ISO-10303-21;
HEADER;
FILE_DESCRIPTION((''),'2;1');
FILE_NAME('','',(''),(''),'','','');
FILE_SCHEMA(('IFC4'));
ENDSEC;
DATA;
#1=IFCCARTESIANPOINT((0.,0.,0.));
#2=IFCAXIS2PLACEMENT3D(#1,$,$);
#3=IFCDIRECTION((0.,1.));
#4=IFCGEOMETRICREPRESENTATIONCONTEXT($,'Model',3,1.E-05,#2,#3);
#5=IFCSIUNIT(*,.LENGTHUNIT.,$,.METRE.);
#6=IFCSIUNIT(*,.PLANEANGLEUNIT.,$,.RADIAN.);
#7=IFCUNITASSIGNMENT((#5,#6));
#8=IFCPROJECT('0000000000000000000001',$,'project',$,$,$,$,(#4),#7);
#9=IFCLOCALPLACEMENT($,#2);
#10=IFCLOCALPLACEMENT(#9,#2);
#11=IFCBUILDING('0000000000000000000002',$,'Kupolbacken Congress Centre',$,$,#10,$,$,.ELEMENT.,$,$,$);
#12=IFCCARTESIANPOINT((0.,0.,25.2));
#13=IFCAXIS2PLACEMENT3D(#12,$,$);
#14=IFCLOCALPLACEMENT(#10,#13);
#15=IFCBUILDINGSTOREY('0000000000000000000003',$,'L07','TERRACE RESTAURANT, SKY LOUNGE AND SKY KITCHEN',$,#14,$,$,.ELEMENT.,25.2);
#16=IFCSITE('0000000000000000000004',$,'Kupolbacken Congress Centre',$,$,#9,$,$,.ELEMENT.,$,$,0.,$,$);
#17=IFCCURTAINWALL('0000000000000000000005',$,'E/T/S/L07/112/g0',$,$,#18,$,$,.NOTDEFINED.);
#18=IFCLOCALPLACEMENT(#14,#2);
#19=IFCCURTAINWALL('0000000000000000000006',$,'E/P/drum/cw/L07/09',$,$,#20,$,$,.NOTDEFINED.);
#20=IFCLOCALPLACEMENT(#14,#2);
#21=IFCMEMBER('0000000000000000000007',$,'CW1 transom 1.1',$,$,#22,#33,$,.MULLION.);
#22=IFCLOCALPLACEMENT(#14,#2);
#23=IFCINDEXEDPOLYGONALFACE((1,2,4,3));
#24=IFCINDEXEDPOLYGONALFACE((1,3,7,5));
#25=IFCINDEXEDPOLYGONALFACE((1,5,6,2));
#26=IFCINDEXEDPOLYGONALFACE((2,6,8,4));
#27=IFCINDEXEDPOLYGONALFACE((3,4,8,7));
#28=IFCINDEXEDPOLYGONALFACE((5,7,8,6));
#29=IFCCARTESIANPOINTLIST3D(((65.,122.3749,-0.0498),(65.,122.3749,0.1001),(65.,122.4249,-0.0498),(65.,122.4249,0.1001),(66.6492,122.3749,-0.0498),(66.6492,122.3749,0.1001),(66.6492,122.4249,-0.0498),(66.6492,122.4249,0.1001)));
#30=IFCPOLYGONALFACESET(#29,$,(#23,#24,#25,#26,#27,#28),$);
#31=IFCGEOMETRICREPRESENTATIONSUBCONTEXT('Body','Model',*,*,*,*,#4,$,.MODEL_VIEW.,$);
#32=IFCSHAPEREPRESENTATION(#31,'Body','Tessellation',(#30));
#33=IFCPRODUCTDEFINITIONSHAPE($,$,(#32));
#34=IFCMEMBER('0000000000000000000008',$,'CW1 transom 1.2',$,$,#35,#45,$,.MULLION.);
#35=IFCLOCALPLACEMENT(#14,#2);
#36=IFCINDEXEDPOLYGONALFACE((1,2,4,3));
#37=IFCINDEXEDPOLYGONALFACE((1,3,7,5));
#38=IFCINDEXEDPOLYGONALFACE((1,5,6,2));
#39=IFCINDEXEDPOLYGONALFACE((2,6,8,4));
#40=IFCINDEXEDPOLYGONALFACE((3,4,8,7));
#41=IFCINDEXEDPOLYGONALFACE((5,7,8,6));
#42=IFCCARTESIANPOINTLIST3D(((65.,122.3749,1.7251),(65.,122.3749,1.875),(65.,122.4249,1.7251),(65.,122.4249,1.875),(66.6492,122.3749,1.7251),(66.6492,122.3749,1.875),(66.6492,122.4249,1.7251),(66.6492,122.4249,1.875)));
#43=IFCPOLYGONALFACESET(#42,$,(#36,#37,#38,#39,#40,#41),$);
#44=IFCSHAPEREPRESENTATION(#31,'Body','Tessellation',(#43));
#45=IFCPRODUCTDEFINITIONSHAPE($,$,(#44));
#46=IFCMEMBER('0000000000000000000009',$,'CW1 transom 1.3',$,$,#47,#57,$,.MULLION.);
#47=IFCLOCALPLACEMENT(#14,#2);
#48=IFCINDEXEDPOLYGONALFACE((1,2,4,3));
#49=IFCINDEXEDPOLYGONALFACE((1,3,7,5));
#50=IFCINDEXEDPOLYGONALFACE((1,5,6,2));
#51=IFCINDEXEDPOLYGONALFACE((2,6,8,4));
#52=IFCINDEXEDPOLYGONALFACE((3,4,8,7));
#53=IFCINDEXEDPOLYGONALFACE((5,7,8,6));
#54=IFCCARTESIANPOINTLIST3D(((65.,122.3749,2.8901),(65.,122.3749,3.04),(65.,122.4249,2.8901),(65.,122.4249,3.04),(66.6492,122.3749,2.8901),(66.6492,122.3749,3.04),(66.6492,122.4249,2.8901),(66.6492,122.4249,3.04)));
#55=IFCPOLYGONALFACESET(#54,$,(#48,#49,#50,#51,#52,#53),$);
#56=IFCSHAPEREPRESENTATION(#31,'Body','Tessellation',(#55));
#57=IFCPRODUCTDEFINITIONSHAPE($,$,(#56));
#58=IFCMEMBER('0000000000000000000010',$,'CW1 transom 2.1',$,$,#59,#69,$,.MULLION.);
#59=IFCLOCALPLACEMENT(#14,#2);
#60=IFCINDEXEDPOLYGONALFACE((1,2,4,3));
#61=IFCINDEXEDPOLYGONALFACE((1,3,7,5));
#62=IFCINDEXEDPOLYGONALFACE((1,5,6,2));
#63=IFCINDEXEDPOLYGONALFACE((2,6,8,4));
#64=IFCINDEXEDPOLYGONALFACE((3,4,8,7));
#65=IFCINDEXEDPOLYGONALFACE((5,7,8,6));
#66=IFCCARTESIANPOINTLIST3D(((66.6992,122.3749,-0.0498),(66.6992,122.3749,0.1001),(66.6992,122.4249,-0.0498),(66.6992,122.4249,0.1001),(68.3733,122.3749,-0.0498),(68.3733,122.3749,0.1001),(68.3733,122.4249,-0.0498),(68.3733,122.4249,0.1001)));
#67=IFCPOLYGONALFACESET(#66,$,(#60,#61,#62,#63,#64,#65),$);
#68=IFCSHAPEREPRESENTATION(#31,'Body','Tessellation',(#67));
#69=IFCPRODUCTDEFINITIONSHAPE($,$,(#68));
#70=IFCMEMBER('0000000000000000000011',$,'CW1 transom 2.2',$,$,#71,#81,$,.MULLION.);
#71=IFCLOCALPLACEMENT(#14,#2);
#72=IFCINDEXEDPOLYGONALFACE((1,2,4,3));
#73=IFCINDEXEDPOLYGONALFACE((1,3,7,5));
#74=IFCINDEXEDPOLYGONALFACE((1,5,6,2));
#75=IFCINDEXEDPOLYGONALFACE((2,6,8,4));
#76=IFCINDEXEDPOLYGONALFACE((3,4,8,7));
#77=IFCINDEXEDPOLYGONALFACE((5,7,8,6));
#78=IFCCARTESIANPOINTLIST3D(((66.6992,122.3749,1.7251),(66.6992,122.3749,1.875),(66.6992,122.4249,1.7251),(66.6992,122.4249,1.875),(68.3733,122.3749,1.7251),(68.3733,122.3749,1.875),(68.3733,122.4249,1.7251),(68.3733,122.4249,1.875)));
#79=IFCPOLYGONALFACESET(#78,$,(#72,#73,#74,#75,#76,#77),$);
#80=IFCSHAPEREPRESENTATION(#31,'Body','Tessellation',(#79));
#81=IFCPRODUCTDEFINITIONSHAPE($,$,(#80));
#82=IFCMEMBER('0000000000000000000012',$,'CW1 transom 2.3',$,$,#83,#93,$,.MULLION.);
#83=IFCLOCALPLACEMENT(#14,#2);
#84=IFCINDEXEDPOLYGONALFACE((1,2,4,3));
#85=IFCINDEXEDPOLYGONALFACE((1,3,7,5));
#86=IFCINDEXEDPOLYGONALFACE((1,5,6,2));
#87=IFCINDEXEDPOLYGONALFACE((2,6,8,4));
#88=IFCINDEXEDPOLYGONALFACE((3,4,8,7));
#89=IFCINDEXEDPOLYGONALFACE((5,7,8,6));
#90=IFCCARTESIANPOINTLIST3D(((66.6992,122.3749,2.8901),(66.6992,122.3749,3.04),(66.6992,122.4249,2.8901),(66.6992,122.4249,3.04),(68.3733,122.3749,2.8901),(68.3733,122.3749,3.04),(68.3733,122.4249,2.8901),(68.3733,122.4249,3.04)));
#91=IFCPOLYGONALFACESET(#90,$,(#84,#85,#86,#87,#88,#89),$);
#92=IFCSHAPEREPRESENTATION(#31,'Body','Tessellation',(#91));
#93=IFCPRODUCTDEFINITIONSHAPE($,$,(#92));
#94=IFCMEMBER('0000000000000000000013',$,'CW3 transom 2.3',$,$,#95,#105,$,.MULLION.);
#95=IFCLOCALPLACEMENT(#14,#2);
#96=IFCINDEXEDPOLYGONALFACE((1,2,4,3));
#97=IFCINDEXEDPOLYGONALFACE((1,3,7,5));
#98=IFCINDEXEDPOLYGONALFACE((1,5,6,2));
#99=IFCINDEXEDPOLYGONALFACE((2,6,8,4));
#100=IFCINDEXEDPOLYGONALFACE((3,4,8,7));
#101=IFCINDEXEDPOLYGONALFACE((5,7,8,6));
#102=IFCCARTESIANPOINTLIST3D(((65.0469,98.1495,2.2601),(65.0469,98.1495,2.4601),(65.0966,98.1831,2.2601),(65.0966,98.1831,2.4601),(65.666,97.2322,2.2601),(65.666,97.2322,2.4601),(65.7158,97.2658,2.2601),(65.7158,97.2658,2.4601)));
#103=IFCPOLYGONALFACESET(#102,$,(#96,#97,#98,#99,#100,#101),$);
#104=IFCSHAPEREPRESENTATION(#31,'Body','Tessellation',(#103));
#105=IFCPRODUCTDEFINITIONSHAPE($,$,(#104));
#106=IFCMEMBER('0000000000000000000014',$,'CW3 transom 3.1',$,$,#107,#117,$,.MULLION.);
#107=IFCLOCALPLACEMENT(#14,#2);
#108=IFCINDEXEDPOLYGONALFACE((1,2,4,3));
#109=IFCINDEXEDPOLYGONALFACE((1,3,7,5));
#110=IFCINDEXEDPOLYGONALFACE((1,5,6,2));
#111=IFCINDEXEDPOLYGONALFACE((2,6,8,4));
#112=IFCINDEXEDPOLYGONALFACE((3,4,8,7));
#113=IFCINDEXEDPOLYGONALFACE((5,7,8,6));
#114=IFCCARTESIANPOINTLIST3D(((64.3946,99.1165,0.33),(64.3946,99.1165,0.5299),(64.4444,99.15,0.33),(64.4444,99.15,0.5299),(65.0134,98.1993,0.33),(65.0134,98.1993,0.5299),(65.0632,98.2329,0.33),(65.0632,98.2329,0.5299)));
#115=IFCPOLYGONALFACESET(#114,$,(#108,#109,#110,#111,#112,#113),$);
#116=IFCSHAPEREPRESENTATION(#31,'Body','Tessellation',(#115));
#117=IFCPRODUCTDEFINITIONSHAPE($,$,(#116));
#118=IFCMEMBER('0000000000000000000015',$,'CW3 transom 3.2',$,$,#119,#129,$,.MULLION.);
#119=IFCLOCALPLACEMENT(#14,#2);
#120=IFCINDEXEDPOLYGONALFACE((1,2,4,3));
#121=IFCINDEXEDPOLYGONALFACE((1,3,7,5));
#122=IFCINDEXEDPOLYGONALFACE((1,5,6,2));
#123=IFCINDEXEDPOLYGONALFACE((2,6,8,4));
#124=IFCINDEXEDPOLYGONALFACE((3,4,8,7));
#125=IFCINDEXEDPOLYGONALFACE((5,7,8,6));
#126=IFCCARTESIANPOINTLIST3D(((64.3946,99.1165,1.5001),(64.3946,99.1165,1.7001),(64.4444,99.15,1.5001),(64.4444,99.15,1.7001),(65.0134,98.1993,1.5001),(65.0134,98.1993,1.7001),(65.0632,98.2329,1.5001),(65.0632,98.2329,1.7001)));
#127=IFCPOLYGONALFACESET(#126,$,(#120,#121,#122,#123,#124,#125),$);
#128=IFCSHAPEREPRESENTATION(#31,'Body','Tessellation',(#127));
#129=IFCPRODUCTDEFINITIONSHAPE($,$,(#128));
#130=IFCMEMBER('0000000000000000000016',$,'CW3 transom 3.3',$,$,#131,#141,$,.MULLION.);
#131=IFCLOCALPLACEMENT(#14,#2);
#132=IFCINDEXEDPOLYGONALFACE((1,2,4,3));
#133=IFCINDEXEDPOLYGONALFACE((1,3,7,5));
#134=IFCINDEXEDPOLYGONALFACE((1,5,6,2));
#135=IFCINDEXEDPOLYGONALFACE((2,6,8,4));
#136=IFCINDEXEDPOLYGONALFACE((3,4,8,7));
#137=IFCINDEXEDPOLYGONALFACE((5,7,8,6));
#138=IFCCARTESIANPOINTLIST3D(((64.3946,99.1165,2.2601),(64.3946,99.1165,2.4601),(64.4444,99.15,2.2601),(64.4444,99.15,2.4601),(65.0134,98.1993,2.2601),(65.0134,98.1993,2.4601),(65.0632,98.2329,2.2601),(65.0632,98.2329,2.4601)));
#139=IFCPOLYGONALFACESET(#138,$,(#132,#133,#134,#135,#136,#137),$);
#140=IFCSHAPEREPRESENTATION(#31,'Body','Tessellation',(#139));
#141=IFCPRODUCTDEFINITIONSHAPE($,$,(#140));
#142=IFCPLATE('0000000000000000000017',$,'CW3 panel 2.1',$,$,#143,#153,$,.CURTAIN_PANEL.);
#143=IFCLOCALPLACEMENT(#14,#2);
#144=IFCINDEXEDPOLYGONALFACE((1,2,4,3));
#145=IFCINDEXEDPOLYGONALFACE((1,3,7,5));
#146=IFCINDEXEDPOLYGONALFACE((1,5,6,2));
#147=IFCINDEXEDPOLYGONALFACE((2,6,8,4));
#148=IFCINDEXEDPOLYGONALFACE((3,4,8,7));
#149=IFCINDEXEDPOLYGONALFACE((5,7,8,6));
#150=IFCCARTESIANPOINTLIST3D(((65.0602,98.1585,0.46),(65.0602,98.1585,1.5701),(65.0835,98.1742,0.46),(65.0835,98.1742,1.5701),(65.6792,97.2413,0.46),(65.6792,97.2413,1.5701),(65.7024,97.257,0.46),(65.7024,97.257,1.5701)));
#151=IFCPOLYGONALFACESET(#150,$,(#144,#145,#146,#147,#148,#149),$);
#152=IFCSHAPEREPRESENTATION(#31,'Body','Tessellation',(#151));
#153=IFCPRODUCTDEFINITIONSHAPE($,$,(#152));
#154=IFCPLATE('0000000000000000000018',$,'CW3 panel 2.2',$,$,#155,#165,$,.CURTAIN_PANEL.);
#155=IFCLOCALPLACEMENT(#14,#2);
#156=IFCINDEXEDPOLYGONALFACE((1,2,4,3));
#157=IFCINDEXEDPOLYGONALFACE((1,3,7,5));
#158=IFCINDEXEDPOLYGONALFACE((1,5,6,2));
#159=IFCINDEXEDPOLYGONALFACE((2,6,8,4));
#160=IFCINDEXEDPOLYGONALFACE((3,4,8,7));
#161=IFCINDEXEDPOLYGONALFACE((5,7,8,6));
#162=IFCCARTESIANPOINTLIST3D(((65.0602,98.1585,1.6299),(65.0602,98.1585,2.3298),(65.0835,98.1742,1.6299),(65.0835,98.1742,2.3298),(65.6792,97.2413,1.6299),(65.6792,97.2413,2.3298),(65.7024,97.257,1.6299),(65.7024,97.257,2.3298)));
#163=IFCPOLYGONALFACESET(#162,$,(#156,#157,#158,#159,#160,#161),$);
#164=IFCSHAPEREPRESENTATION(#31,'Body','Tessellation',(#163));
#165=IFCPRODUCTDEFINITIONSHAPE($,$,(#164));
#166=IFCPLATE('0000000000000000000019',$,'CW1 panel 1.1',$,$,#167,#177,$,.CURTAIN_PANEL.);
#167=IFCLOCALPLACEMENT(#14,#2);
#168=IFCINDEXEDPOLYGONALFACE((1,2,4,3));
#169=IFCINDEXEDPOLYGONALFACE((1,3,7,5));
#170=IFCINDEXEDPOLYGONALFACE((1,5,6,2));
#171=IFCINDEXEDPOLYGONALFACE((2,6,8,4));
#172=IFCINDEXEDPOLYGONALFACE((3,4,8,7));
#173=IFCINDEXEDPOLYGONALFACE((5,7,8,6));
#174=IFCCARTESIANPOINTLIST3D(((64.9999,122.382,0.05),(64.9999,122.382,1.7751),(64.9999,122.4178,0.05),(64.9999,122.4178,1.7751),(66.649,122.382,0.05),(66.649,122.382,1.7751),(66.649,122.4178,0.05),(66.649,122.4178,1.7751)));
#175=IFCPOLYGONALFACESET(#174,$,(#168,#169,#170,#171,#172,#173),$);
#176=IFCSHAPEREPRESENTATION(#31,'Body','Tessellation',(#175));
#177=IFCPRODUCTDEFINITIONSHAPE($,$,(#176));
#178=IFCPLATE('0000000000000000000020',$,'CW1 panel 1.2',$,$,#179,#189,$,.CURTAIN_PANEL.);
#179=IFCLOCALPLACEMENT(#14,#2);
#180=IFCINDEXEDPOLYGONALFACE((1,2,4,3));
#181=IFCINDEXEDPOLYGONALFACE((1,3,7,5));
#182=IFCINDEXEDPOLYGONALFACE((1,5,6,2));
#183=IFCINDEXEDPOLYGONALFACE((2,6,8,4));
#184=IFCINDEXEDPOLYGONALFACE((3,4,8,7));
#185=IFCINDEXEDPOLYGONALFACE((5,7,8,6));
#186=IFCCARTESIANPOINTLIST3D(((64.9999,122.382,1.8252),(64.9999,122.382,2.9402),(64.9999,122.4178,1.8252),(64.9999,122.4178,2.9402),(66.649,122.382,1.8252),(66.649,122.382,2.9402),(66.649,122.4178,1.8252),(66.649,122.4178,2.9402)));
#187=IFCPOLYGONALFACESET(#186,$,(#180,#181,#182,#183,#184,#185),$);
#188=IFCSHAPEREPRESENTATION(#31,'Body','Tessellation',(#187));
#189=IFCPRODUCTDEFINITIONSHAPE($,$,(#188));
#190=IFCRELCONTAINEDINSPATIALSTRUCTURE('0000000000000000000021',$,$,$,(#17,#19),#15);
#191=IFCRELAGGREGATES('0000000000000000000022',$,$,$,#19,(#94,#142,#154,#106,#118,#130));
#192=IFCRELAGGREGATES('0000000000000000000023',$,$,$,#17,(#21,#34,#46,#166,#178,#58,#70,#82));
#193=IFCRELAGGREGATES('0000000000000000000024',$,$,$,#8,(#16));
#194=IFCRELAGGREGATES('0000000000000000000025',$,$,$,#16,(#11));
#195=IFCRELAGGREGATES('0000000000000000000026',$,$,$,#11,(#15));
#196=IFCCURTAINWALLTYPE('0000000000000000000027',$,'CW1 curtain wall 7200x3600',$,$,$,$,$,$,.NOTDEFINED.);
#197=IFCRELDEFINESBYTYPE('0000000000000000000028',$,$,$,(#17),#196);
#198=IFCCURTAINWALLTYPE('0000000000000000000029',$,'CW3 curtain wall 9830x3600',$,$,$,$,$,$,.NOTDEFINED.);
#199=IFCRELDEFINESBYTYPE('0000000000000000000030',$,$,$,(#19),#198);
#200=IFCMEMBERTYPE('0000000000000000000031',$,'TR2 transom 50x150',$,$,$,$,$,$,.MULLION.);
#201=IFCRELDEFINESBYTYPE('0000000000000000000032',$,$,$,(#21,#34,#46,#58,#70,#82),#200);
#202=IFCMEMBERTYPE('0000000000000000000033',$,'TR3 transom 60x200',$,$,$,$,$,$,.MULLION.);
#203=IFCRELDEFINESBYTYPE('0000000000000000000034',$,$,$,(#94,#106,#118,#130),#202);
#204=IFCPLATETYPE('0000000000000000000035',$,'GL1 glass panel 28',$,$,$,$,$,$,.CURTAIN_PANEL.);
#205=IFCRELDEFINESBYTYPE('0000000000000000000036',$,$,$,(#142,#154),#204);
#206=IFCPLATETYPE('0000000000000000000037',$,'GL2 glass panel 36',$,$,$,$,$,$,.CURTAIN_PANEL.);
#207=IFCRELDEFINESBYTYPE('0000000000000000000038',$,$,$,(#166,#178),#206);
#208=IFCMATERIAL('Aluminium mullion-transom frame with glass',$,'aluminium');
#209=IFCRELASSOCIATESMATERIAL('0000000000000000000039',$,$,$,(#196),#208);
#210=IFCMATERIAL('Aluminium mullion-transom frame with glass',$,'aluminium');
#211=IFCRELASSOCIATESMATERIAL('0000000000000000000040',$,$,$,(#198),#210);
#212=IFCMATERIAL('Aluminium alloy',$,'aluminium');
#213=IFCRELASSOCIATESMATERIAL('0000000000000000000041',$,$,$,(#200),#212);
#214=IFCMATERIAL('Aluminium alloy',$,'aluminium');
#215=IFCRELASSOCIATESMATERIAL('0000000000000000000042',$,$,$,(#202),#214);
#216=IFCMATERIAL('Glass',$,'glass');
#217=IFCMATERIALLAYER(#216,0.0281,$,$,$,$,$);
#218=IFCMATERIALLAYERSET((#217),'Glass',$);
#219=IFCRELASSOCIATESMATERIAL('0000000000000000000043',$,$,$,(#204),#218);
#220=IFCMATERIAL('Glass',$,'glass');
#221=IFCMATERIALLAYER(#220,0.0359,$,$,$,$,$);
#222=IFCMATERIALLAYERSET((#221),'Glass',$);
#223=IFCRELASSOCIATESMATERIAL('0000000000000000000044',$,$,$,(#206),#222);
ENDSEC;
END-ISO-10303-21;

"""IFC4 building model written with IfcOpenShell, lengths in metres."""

from ifc_helpers import new_model, si_unit, direction, frame, origin, origin_2d, place, context, subcontext, project, spatial, rectangle, extrude, material, layer, layer_set, material_profile, profile_set, type_object, element, aggregate, save


model = new_model("IFC4")

# Units and contexts
model_context = context("Model", 3, precision=1e-05, world=origin(), true_north=direction((0.0, 1.0)))
body_context = subcontext(model_context, "Body", "Model", "MODEL_VIEW")
ifc_project = project(units=[si_unit("LENGTHUNIT", "METRE"), si_unit("PLANEANGLEUNIT", "RADIAN")], contexts=[model_context])

# Site, building, storey
site_placement = place(None, origin())
site = spatial("IfcSite", under=ifc_project, at=site_placement, Name="Kupolbacken Congress Centre", CompositionType="ELEMENT", RefElevation=0.0)
building_placement = place(site_placement, origin())
building = spatial("IfcBuilding", under=site, at=building_placement, Name="Kupolbacken Congress Centre", CompositionType="ELEMENT")
storey_placement = place(building_placement, frame((0.0, 0.0, 25.2)))
storey = spatial("IfcBuildingStorey", under=building, at=storey_placement, Name="L07", Description="TERRACE RESTAURANT, SKY LOUNGE AND SKY KITCHEN", CompositionType="ELEMENT", Elevation=25.2)

# Curtain wall
ifc_material_1 = material(Name="Aluminium mullion-transom frame with glass", Category="aluminium")
curtain_wall_type_1 = type_object("IfcCurtainWallType", Name="CW1 curtain wall 7200x3600", PredefinedType="NOTDEFINED", material=ifc_material_1)
curtain_wall_1_placement = place(storey_placement, origin())
curtain_wall_1 = element("IfcCurtainWall", 1, at=curtain_wall_1_placement, inside=storey, type_object=curtain_wall_type_1, Name="E/T/S/L07/112/g0", PredefinedType="NOTDEFINED")

# Curtain wall
ifc_material_2 = material(Name="Aluminium mullion-transom frame with glass", Category="aluminium")
curtain_wall_type_2 = type_object("IfcCurtainWallType", Name="CW3 curtain wall 9830x3600", PredefinedType="NOTDEFINED", material=ifc_material_2)
curtain_wall_2_placement = place(storey_placement, origin())
curtain_wall_2 = element("IfcCurtainWall", 2, at=curtain_wall_2_placement, inside=storey, type_object=curtain_wall_type_2, Name="E/P/drum/cw/L07/09", PredefinedType="NOTDEFINED")

# Members
ifc_material_3 = material(Name="Aluminium alloy", Category="aluminium")
ifc_material_profile_1 = material_profile(ifc_material_3, rectangle(XDim=0.05, YDim=0.1499, at=origin_2d()), Name="50 x 150")
ifc_profile_set_1 = profile_set([ifc_material_profile_1], Name="Aluminium alloy")
member_type_1 = type_object("IfcMemberType", Name="TR2 transom 50x150", PredefinedType="MULLION", material=ifc_profile_set_1)
member_1_placement = place(storey_placement, frame((65.0, 122.3999, 0.0251), z_axis=(1.0, 0.0, 0.0), x_axis=(0.0, 1.0, 0.0)))
member_1 = element("IfcMember", 3, at=member_1_placement, type_object=member_type_1, Name="CW1 transom 1.1", PredefinedType="MULLION", context=body_context, shape_type="SweptSolid", body=[
    extrude(rectangle(XDim=0.05, YDim=0.1499, at=origin_2d()), origin(), (0.0, 0.0, 1.0), 1.6492),
])
member_2_placement = place(storey_placement, frame((65.0, 122.3999, 1.8), z_axis=(1.0, 0.0, 0.0), x_axis=(0.0, 1.0, 0.0)))
member_2 = element("IfcMember", 4, at=member_2_placement, type_object=member_type_1, Name="CW1 transom 1.2", PredefinedType="MULLION", context=body_context, shape_type="SweptSolid", body=[
    extrude(rectangle(XDim=0.05, YDim=0.1499, at=origin_2d()), origin(), (0.0, 0.0, 1.0), 1.6492),
])
member_3_placement = place(storey_placement, frame((65.0, 122.3999, 2.9651), z_axis=(1.0, 0.0, 0.0), x_axis=(0.0, 1.0, 0.0)))
member_3 = element("IfcMember", 5, at=member_3_placement, type_object=member_type_1, Name="CW1 transom 1.3", PredefinedType="MULLION", context=body_context, shape_type="SweptSolid", body=[
    extrude(rectangle(XDim=0.05, YDim=0.1499, at=origin_2d()), origin(), (0.0, 0.0, 1.0), 1.6492),
])
member_4_placement = place(storey_placement, frame((66.6992, 122.3999, 0.0251), z_axis=(1.0, 0.0, 0.0), x_axis=(0.0, 1.0, 0.0)))
member_4 = element("IfcMember", 6, at=member_4_placement, type_object=member_type_1, Name="CW1 transom 2.1", PredefinedType="MULLION", context=body_context, shape_type="SweptSolid", body=[
    extrude(rectangle(XDim=0.05, YDim=0.1499, at=origin_2d()), origin(), (0.0, 0.0, 1.0), 1.6741),
])
member_5_placement = place(storey_placement, frame((66.6992, 122.3999, 1.8), z_axis=(1.0, 0.0, 0.0), x_axis=(0.0, 1.0, 0.0)))
member_5 = element("IfcMember", 7, at=member_5_placement, type_object=member_type_1, Name="CW1 transom 2.2", PredefinedType="MULLION", context=body_context, shape_type="SweptSolid", body=[
    extrude(rectangle(XDim=0.05, YDim=0.1499, at=origin_2d()), origin(), (0.0, 0.0, 1.0), 1.6741),
])
member_6_placement = place(storey_placement, frame((66.6992, 122.3999, 2.9651), z_axis=(1.0, 0.0, 0.0), x_axis=(0.0, 1.0, 0.0)))
member_6 = element("IfcMember", 8, at=member_6_placement, type_object=member_type_1, Name="CW1 transom 2.3", PredefinedType="MULLION", context=body_context, shape_type="SweptSolid", body=[
    extrude(rectangle(XDim=0.05, YDim=0.1499, at=origin_2d()), origin(), (0.0, 0.0, 1.0), 1.6741),
])
ifc_material_4 = material(Name="Aluminium alloy", Category="aluminium")
ifc_material_profile_2 = material_profile(ifc_material_4, rectangle(XDim=0.0601, YDim=0.2, at=origin_2d()), Name="60 x 200")
ifc_profile_set_2 = profile_set([ifc_material_profile_2], Name="Aluminium alloy")
member_type_2 = type_object("IfcMemberType", Name="TR3 transom 60x200", PredefinedType="MULLION", material=ifc_profile_set_2)
member_7_placement = place(storey_placement, frame((65.6909, 97.249, 2.3601), z_axis=(-0.559477, 0.828846, 0.0), x_axis=(-0.828846, -0.559477, 0.0)))
member_7 = element("IfcMember", 9, at=member_7_placement, type_object=member_type_2, Name="CW3 transom 2.3", PredefinedType="MULLION", context=body_context, shape_type="SweptSolid", body=[
    extrude(rectangle(XDim=0.0601, YDim=0.2, at=origin_2d()), origin(), (0.0, 0.0, 1.0), 1.1067),
])
member_8_placement = place(storey_placement, frame((65.0383, 98.2161, 0.4299), z_axis=(-0.559325, 0.828948, 0.0), x_axis=(-0.828948, -0.559325, 0.0)))
member_8 = element("IfcMember", 10, at=member_8_placement, type_object=member_type_2, Name="CW3 transom 3.1", PredefinedType="MULLION", context=body_context, shape_type="SweptSolid", body=[
    extrude(rectangle(XDim=0.0601, YDim=0.2, at=origin_2d()), origin(), (0.0, 0.0, 1.0), 1.1064),
])
member_9_placement = place(storey_placement, frame((65.0383, 98.2161, 1.6001), z_axis=(-0.559325, 0.828948, 0.0), x_axis=(-0.828948, -0.559325, 0.0)))
member_9 = element("IfcMember", 11, at=member_9_placement, type_object=member_type_2, Name="CW3 transom 3.2", PredefinedType="MULLION", context=body_context, shape_type="SweptSolid", body=[
    extrude(rectangle(XDim=0.0601, YDim=0.2, at=origin_2d()), origin(), (0.0, 0.0, 1.0), 1.1064),
])
member_10_placement = place(storey_placement, frame((65.0383, 98.2161, 2.3601), z_axis=(-0.559325, 0.828948, 0.0), x_axis=(-0.828948, -0.559325, 0.0)))
member_10 = element("IfcMember", 12, at=member_10_placement, type_object=member_type_2, Name="CW3 transom 3.3", PredefinedType="MULLION", context=body_context, shape_type="SweptSolid", body=[
    extrude(rectangle(XDim=0.0601, YDim=0.2, at=origin_2d()), origin(), (0.0, 0.0, 1.0), 1.1064),
])

# Plates
ifc_material_5 = material(Name="Glass", Category="glass")
ifc_layer_1 = layer(ifc_material_5, 0.0281)
ifc_layer_set_1 = layer_set([ifc_layer_1], Name="Glass")
plate_type_1 = type_object("IfcPlateType", Name="GL1 glass panel 28", PredefinedType="CURTAIN_PANEL", material=ifc_layer_set_1)
plate_1_placement = place(storey_placement, frame((65.3813, 97.7078, 0.46), z_axis=(0.0, 0.0, 1.0), x_axis=(-0.559386, 0.828908, 0.0)))
plate_1 = element("IfcPlate", 13, at=plate_1_placement, type_object=plate_type_1, Name="CW3 panel 2.1", PredefinedType="CURTAIN_PANEL", context=body_context, shape_type="SweptSolid", body=[
    extrude(rectangle(XDim=1.1064, YDim=0.0281, at=origin_2d()), origin(), (0.0, 0.0, 1.0), 1.1101),
])
plate_2_placement = place(storey_placement, frame((65.3813, 97.7078, 1.6299), z_axis=(0.0, 0.0, 1.0), x_axis=(-0.559386, 0.828908, 0.0)))
plate_2 = element("IfcPlate", 14, at=plate_2_placement, type_object=plate_type_1, Name="CW3 panel 2.2", PredefinedType="CURTAIN_PANEL", context=body_context, shape_type="SweptSolid", body=[
    extrude(rectangle(XDim=1.1064, YDim=0.0281, at=origin_2d()), origin(), (0.0, 0.0, 1.0), 0.7),
])
aggregate(curtain_wall_2, [member_7, plate_1, plate_2, member_8, member_9, member_10])
ifc_material_6 = material(Name="Glass", Category="glass")
ifc_layer_2 = layer(ifc_material_6, 0.0359)
ifc_layer_set_2 = layer_set([ifc_layer_2], Name="Glass")
plate_type_2 = type_object("IfcPlateType", Name="GL2 glass panel 36", PredefinedType="CURTAIN_PANEL", material=ifc_layer_set_2)
plate_3_placement = place(storey_placement, frame((65.8245, 122.3999, 0.05), z_axis=(0.0, 0.0, 1.0), x_axis=(1.0, 0.0, 0.0)))
plate_3 = element("IfcPlate", 15, at=plate_3_placement, type_object=plate_type_2, Name="CW1 panel 1.1", PredefinedType="CURTAIN_PANEL", context=body_context, shape_type="SweptSolid", body=[
    extrude(rectangle(XDim=1.6492, YDim=0.0359, at=origin_2d()), origin(), (0.0, 0.0, 1.0), 1.7251),
])
plate_4_placement = place(storey_placement, frame((65.8245, 122.3999, 1.8252), z_axis=(0.0, 0.0, 1.0), x_axis=(1.0, 0.0, 0.0)))
plate_4 = element("IfcPlate", 16, at=plate_4_placement, type_object=plate_type_2, Name="CW1 panel 1.2", PredefinedType="CURTAIN_PANEL", context=body_context, shape_type="SweptSolid", body=[
    extrude(rectangle(XDim=1.6492, YDim=0.0359, at=origin_2d()), origin(), (0.0, 0.0, 1.0), 1.115),
])
aggregate(curtain_wall_1, [member_1, member_2, member_3, plate_3, plate_4, member_4, member_5, member_6])

save(model, "model.ifc")
